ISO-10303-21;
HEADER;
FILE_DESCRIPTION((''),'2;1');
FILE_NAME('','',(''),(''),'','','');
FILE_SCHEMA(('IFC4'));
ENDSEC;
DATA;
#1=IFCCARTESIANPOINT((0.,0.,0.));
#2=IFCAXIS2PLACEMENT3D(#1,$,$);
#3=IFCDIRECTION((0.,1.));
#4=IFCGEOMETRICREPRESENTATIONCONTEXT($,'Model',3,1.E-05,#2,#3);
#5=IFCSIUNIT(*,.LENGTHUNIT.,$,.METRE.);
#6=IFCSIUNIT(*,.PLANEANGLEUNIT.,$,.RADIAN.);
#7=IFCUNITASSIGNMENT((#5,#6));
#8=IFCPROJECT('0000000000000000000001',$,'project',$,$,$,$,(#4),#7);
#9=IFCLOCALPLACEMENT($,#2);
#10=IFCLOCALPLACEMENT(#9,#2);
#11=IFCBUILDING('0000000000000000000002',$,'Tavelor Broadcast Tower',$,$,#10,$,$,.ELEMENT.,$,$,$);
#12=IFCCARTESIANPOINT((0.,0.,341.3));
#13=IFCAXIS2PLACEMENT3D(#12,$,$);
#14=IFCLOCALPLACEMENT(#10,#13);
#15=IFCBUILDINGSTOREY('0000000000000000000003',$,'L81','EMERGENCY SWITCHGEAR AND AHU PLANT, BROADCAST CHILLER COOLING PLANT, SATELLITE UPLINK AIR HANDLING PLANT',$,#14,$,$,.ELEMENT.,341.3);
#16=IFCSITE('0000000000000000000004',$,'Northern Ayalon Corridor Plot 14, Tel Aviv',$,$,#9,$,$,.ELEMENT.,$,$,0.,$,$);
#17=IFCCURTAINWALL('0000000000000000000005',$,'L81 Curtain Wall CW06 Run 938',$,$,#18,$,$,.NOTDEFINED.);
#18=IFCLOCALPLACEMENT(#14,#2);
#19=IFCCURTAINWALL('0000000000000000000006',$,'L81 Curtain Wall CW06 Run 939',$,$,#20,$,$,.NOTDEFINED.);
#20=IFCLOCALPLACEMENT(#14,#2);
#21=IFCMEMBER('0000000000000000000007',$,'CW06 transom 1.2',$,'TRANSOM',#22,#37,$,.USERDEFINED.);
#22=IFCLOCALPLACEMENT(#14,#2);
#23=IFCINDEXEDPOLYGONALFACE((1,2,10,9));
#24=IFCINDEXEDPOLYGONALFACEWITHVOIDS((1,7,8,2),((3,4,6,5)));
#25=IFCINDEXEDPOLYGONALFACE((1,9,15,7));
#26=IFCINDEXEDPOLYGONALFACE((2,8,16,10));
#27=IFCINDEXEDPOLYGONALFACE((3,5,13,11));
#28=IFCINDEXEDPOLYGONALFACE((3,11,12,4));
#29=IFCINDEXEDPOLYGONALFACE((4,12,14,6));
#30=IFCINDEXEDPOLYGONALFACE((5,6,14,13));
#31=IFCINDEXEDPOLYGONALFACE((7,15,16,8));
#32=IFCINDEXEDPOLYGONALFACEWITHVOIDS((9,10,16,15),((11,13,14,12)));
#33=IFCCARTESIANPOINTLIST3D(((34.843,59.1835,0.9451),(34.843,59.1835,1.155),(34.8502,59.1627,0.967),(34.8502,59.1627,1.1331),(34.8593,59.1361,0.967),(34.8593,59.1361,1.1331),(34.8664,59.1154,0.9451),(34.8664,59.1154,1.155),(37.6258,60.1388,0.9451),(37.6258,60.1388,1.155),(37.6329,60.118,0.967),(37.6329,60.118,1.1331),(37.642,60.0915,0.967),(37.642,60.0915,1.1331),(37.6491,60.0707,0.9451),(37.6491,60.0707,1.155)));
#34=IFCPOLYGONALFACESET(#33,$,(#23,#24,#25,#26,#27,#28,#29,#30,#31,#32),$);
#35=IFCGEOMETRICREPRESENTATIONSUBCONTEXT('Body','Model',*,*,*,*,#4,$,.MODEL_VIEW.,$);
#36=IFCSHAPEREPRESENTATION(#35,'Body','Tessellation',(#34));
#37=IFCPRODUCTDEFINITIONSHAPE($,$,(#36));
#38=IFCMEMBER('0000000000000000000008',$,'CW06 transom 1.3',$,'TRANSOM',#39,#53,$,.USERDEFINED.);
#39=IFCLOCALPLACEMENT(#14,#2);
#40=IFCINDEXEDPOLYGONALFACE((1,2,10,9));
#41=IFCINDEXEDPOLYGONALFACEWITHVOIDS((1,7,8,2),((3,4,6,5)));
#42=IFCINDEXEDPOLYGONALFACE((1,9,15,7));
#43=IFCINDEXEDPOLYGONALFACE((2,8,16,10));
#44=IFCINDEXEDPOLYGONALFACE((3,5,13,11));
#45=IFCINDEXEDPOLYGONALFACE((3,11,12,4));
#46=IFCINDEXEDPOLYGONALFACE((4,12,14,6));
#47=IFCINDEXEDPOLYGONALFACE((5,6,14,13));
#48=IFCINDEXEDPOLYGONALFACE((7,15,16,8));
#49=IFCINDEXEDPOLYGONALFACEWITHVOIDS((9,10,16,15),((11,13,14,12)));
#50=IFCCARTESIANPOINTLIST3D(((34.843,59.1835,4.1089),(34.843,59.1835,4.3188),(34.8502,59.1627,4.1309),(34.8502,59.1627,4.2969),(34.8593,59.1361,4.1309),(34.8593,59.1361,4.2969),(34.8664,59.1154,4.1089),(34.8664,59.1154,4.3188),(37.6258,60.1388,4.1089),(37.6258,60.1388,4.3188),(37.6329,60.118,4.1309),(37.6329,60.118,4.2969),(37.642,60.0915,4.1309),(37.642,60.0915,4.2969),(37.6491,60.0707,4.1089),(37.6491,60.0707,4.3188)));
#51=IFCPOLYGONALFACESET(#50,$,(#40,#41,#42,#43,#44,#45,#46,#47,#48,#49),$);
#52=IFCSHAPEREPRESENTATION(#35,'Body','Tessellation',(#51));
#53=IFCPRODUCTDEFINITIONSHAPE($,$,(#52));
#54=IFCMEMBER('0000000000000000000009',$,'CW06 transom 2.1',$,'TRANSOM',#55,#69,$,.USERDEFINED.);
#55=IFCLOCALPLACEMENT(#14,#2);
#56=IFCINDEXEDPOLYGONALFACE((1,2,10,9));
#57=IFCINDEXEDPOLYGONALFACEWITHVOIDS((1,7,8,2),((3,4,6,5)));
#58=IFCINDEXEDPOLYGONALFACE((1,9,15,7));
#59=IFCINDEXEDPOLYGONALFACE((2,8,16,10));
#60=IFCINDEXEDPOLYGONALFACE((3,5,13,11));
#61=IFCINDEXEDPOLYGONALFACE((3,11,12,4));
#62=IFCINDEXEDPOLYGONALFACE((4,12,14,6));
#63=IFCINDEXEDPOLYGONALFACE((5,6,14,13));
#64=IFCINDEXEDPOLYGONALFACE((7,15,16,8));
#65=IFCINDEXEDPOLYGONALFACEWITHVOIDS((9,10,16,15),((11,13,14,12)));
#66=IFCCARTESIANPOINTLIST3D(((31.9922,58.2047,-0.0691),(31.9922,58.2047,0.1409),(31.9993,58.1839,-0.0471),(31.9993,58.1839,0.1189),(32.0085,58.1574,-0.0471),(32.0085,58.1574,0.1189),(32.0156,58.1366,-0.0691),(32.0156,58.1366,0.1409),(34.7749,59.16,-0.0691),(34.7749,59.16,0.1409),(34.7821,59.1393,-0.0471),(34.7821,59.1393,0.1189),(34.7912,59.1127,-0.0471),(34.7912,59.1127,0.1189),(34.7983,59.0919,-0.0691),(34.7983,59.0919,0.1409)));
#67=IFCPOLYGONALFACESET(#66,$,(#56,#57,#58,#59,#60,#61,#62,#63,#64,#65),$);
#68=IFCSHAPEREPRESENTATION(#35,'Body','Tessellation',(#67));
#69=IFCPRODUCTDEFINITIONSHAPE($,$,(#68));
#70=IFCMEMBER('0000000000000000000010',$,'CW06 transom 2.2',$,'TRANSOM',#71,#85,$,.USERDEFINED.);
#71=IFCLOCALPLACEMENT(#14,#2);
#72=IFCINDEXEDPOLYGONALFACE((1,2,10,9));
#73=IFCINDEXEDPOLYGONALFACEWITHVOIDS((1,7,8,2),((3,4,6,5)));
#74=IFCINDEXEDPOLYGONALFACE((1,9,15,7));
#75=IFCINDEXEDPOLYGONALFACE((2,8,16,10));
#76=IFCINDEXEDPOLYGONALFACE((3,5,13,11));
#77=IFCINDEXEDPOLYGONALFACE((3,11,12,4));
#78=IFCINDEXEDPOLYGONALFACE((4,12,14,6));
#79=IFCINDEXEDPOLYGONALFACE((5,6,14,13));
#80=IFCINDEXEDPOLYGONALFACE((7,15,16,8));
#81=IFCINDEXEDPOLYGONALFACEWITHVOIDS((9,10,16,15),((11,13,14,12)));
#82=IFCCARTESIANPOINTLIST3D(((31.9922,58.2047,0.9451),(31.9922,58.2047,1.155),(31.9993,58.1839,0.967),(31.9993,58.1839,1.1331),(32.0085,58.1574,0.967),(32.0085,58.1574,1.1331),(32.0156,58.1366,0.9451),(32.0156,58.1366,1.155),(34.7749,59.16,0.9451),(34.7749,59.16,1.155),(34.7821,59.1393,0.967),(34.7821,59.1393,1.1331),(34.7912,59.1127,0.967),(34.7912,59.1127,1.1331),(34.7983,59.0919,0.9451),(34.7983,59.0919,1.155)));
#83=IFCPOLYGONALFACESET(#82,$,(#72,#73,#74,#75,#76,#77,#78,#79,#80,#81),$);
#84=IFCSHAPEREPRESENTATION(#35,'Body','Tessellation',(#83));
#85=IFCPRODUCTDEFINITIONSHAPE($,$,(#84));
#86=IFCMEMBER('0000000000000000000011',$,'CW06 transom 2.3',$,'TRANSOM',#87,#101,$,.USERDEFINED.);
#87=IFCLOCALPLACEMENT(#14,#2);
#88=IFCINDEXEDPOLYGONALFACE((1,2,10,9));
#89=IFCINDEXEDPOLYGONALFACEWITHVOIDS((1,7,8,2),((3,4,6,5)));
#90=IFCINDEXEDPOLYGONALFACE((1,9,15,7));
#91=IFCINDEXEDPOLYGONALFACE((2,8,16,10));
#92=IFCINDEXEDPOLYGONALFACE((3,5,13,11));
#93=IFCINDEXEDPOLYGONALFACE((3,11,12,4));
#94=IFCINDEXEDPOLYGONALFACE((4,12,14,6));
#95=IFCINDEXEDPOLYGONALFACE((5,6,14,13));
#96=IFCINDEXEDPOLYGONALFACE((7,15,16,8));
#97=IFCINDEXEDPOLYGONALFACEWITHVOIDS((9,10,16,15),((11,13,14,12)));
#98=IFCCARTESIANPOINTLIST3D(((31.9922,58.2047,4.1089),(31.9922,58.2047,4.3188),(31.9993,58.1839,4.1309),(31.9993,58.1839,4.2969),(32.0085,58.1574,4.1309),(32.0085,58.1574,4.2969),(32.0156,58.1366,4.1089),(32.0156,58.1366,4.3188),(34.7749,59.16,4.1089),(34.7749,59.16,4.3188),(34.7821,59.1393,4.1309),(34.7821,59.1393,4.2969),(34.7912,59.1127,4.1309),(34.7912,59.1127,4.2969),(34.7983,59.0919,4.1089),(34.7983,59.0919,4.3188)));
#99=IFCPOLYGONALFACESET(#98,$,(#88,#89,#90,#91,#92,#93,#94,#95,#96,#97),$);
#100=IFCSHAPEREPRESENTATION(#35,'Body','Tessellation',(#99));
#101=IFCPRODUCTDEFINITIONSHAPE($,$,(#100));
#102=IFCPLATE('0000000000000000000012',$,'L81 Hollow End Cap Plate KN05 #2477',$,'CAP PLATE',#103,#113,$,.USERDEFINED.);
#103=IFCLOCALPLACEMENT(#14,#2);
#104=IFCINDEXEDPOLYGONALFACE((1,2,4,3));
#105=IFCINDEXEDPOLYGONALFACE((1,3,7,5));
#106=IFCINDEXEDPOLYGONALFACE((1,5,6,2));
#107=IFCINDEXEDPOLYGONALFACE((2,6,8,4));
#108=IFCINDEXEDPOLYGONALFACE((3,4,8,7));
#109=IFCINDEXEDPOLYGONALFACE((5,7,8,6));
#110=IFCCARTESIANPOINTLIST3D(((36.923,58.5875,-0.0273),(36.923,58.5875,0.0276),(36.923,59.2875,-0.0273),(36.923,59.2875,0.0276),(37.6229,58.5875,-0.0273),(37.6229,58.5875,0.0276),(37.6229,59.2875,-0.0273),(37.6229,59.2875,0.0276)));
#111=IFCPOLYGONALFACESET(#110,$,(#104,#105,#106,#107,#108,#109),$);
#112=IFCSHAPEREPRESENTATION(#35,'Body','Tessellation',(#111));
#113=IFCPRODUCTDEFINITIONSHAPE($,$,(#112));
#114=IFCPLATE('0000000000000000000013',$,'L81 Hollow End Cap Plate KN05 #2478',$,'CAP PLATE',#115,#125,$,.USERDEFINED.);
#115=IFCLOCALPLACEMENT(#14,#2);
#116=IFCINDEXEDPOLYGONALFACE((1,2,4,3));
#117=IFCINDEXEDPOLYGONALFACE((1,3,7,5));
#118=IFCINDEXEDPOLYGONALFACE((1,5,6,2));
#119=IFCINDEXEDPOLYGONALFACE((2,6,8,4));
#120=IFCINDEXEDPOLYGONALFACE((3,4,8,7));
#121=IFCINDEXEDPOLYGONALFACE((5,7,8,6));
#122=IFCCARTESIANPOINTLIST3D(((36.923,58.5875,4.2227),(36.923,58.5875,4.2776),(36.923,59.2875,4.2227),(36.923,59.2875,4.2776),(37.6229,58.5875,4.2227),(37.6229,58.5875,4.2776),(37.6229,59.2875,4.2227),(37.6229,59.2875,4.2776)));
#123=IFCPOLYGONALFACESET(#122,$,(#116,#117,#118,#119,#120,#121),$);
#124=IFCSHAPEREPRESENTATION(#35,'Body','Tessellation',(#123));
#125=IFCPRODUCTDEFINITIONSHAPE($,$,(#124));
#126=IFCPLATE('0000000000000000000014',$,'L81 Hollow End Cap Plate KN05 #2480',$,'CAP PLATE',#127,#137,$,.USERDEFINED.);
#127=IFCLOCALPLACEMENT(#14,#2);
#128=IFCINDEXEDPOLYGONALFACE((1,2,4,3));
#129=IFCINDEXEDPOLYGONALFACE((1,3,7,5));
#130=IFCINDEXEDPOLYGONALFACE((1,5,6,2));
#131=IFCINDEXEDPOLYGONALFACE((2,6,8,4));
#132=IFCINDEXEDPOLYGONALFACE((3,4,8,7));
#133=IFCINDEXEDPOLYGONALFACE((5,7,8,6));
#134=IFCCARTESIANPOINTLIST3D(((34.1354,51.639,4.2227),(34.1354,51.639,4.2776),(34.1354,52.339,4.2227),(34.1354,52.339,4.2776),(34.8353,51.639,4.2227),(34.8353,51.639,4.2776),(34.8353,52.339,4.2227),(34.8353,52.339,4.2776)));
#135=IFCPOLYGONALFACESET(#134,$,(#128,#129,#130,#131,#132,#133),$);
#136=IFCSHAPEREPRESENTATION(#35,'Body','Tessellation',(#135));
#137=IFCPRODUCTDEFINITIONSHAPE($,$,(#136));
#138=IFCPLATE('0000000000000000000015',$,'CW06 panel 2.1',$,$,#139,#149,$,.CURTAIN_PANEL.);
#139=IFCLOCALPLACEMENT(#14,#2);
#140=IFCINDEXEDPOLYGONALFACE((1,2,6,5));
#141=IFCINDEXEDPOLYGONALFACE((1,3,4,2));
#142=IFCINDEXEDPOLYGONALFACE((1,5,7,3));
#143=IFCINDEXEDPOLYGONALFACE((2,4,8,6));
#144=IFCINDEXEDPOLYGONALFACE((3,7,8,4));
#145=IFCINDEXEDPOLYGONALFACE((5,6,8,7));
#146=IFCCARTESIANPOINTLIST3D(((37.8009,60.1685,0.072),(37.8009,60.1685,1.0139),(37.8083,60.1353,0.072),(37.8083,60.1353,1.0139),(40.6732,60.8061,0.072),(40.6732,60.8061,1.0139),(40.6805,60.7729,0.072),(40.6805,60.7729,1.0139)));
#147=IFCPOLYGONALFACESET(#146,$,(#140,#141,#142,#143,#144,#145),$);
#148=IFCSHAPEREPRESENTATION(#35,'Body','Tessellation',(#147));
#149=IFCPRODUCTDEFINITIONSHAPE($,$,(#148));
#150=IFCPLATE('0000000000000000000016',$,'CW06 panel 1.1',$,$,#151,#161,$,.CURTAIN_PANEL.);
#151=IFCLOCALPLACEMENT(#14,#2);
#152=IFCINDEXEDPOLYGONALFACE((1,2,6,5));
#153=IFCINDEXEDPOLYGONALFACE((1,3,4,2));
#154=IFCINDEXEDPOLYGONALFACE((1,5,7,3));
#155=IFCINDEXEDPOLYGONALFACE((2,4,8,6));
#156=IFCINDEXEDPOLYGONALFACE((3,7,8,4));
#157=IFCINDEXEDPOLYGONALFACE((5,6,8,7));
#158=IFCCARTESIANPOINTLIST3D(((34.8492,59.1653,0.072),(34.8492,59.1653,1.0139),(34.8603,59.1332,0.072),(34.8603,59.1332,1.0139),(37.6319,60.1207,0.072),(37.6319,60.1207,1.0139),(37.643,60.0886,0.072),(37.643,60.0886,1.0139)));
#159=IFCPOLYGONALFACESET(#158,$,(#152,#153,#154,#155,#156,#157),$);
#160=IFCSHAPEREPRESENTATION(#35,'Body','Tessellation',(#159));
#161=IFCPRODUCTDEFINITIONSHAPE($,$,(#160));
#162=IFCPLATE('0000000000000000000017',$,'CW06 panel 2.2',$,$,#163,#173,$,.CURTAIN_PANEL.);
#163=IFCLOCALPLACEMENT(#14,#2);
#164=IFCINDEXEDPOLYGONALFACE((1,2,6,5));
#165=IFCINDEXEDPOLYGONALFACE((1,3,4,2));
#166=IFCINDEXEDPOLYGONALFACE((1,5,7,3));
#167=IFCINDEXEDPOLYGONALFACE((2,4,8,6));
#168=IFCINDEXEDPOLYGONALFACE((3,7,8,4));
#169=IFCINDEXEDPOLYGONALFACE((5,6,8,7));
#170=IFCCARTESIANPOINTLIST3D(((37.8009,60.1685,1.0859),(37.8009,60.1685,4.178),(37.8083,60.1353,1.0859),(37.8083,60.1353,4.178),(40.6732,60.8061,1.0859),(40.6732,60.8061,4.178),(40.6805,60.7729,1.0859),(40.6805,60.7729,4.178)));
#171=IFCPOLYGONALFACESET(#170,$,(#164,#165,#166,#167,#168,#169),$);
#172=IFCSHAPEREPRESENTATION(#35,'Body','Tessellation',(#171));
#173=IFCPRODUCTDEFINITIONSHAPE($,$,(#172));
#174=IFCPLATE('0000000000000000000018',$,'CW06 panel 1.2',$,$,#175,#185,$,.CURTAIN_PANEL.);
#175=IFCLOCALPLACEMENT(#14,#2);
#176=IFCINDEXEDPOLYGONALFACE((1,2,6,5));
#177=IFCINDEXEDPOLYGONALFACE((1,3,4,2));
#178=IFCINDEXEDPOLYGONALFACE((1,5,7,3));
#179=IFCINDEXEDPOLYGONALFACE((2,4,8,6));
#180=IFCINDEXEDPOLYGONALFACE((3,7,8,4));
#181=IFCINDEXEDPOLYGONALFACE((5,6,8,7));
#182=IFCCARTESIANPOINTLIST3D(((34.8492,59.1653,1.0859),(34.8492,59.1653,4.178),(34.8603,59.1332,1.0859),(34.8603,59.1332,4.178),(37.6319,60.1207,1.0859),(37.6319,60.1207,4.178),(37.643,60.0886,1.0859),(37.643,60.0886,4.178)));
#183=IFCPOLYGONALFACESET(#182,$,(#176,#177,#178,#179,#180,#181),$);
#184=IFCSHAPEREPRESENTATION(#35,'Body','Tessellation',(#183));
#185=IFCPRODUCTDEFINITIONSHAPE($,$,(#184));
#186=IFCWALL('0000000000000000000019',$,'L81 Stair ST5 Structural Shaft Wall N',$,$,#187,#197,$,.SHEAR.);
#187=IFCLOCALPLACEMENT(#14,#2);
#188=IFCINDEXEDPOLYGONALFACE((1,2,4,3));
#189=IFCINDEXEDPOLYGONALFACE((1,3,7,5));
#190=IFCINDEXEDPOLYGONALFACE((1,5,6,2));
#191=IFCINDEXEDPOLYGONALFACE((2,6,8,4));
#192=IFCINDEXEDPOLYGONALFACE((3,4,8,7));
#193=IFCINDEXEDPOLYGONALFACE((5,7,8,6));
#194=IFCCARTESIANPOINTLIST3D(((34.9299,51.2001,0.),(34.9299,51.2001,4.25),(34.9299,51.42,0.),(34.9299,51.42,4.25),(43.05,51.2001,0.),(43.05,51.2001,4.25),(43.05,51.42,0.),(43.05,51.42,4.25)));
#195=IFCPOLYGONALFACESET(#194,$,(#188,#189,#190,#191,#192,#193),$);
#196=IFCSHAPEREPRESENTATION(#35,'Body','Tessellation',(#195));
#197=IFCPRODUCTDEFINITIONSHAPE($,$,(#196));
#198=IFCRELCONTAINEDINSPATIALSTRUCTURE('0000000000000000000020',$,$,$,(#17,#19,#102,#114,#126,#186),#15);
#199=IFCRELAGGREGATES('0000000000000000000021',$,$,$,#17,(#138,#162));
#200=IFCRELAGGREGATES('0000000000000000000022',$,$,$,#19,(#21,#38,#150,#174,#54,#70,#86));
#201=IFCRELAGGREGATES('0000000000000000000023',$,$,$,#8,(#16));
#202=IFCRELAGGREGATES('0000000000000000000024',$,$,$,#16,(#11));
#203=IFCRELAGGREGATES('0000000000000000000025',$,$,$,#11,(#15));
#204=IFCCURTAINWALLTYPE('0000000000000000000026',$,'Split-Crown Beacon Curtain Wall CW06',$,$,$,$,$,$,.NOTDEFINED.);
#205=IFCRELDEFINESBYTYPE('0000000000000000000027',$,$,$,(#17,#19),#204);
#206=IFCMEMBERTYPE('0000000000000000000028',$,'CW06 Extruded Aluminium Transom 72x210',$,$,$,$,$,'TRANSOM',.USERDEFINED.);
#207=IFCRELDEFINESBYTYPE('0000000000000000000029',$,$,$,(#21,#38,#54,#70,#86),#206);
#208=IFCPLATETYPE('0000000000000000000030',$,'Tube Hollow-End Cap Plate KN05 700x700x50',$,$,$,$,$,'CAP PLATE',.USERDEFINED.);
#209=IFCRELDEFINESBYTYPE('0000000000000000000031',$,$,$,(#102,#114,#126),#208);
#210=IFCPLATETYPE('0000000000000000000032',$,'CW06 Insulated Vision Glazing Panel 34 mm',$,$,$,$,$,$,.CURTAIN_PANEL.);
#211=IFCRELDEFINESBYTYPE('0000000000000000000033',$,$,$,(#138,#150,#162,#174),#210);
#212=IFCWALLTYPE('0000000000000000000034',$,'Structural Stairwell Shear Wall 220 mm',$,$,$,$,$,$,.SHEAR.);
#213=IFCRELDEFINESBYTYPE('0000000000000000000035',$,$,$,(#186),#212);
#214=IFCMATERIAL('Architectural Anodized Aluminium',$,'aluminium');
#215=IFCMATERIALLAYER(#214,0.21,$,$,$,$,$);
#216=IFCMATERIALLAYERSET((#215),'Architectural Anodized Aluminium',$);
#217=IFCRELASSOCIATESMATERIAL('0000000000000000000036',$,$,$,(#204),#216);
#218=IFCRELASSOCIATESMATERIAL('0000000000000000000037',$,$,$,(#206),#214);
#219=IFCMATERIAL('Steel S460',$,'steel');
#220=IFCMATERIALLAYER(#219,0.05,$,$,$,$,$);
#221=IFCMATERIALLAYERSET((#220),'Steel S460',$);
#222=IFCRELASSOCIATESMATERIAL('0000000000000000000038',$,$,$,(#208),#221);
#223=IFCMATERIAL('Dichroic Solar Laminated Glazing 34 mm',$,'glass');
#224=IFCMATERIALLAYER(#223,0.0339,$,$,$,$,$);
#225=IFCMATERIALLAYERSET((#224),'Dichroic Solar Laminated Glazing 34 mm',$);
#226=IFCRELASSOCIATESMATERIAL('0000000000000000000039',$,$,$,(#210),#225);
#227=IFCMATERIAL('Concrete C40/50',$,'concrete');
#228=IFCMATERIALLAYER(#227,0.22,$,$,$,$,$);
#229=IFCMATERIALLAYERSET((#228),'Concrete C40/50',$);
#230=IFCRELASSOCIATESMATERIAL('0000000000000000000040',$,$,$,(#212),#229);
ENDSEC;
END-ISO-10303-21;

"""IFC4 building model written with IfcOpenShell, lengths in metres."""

from ifc_helpers import new_model, si_unit, direction, frame, frame_2d, origin, origin_2d, place, context, subcontext, project, spatial, rectangle, hollow_rectangle, extrude, source, transform, mapped, material, layer, layer_set, material_profile, profile_set, type_object, type_shapes, element, aggregate, save


model = new_model("IFC4")

# Units and contexts
model_context = context("Model", 3, precision=1e-05, world=origin(), true_north=direction((0.0, 1.0)))
body_context = subcontext(model_context, "Body", "Model", "MODEL_VIEW")
ifc_project = project(units=[si_unit("LENGTHUNIT", "METRE"), si_unit("PLANEANGLEUNIT", "RADIAN")], contexts=[model_context])

# Site, building, storey
site_placement = place(None, origin())
site = spatial("IfcSite", under=ifc_project, at=site_placement, Name="Northern Ayalon Corridor Plot 14, Tel Aviv", CompositionType="ELEMENT", RefElevation=0.0)
building_placement = place(site_placement, origin())
building = spatial("IfcBuilding", under=site, at=building_placement, Name="Tavelor Broadcast Tower", CompositionType="ELEMENT")
storey_placement = place(building_placement, frame((0.0, 0.0, 341.3)))
storey = spatial("IfcBuildingStorey", under=building, at=storey_placement, Name="L81", Description="EMERGENCY SWITCHGEAR AND AHU PLANT, BROADCAST CHILLER COOLING PLANT, SATELLITE UPLINK AIR HANDLING PLANT", CompositionType="ELEMENT", Elevation=341.3)

# Curtain wall
ifc_material_1 = material(Name="Architectural Anodized Aluminium", Category="aluminium")
ifc_layer_1 = layer(ifc_material_1, 0.21)
ifc_layer_set_1 = layer_set([ifc_layer_1], Name="Architectural Anodized Aluminium")
curtain_wall_type = type_object("IfcCurtainWallType", Name="Split-Crown Beacon Curtain Wall CW06", PredefinedType="NOTDEFINED", material=ifc_layer_set_1)
curtain_wall_1_placement = place(storey_placement, origin())
curtain_wall_1 = element("IfcCurtainWall", 1, at=curtain_wall_1_placement, inside=storey, type_object=curtain_wall_type, Name="L81 Curtain Wall CW06 Run 938", PredefinedType="NOTDEFINED")

# Curtain wall
curtain_wall_2_placement = place(storey_placement, origin())
curtain_wall_2 = element("IfcCurtainWall", 2, at=curtain_wall_2_placement, inside=storey, type_object=curtain_wall_type, Name="L81 Curtain Wall CW06 Run 939", PredefinedType="NOTDEFINED")

# Members
ifc_material_profile_1 = material_profile(ifc_material_1, hollow_rectangle(XDim=0.072, YDim=0.21, WallThickness=0.022, at=origin_2d()), Name="RHS 72x210x22")
ifc_profile_set_1 = profile_set([ifc_material_profile_1], Name="Architectural Anodized Aluminium")
member_type_1 = type_object("IfcMemberType", Name="CW06 Extruded Aluminium Transom 72x210", ElementType="TRANSOM", PredefinedType="USERDEFINED", material=ifc_profile_set_1)
shared_shape_1 = source(origin(), body_context, "Body", "SweptSolid", [
    extrude(hollow_rectangle(XDim=0.072, YDim=0.21, WallThickness=0.022, at=origin_2d()), origin(), (0.0, 0.0, 1.0), 2.9421),
])
type_shapes(member_type_1, [shared_shape_1])
member_1_placement = place(storey_placement, frame((37.6375, 60.1047, 1.05), z_axis=(-0.945816, -0.324704, 0.0), x_axis=(0.324704, -0.945816, 0.0)))
member_1 = element("IfcMember", 3, at=member_1_placement, type_object=member_type_1, Name="CW06 transom 1.2", ObjectType="TRANSOM", PredefinedType="USERDEFINED", context=body_context, shape_type="MappedRepresentation", body=[
    mapped(shared_shape_1, transform((0.0, 0.0, 0.0), scale=1.0)),
])
member_2_placement = place(storey_placement, frame((37.6375, 60.1047, 4.2139), z_axis=(-0.945816, -0.324704, 0.0), x_axis=(0.324704, -0.945816, 0.0)))
member_2 = element("IfcMember", 4, at=member_2_placement, type_object=member_type_1, Name="CW06 transom 1.3", ObjectType="TRANSOM", PredefinedType="USERDEFINED", context=body_context, shape_type="MappedRepresentation", body=[
    mapped(shared_shape_1, transform((0.0, 0.0, 0.0), scale=1.0)),
])
member_3_placement = place(storey_placement, frame((34.7866, 59.126, 0.0359), z_axis=(-0.945816, -0.324704, 0.0), x_axis=(0.324704, -0.945816, 0.0)))
member_3 = element("IfcMember", 5, at=member_3_placement, type_object=member_type_1, Name="CW06 transom 2.1", ObjectType="TRANSOM", PredefinedType="USERDEFINED", context=body_context, shape_type="MappedRepresentation", body=[
    mapped(shared_shape_1, transform((0.0, 0.0, 0.0), scale=1.0)),
])
member_4_placement = place(storey_placement, frame((34.7866, 59.126, 1.05), z_axis=(-0.945816, -0.324704, 0.0), x_axis=(0.324704, -0.945816, 0.0)))
member_4 = element("IfcMember", 6, at=member_4_placement, type_object=member_type_1, Name="CW06 transom 2.2", ObjectType="TRANSOM", PredefinedType="USERDEFINED", context=body_context, shape_type="MappedRepresentation", body=[
    mapped(shared_shape_1, transform((0.0, 0.0, 0.0), scale=1.0)),
])
member_5_placement = place(storey_placement, frame((34.7866, 59.126, 4.2139), z_axis=(-0.945816, -0.324704, 0.0), x_axis=(0.324704, -0.945816, 0.0)))
member_5 = element("IfcMember", 7, at=member_5_placement, type_object=member_type_1, Name="CW06 transom 2.3", ObjectType="TRANSOM", PredefinedType="USERDEFINED", context=body_context, shape_type="MappedRepresentation", body=[
    mapped(shared_shape_1, transform((0.0, 0.0, 0.0), scale=1.0)),
])

# Plates
ifc_material_2 = material(Name="Steel S460", Category="steel")
ifc_layer_2 = layer(ifc_material_2, 0.05)
ifc_layer_set_2 = layer_set([ifc_layer_2], Name="Steel S460")
plate_type_1 = type_object("IfcPlateType", Name="Tube Hollow-End Cap Plate KN05 700x700x50", ElementType="CAP PLATE", PredefinedType="USERDEFINED", material=ifc_layer_set_2)
shared_shape_2 = source(origin(), body_context, "Body", "SweptSolid", [
    extrude(rectangle(XDim=0.7, YDim=0.7, at=origin_2d()), origin(), (0.0, 0.0, 1.0), 0.0549),
])
type_shapes(plate_type_1, [shared_shape_2])
for number, where, z_axis, x_axis, name in (
    (8, (37.2729, 58.9375, -0.0273), (0.0, 0.0, 1.0), (1.0, 0.0, 0.0), "L81 Hollow End Cap Plate KN05 #2477"),
    (9, (37.2729, 58.9375, 4.2227), (0.0, 0.0, 1.0), (1.0, 0.0, 0.0), "L81 Hollow End Cap Plate KN05 #2478"),
    (10, (34.4854, 51.989, 4.2227), (0.0, 0.0, 1.0), (1.0, 0.0, 0.0), "L81 Hollow End Cap Plate KN05 #2480"),
):
    element("IfcPlate", number, at=place(storey_placement, frame(where, z_axis=z_axis, x_axis=x_axis)), inside=storey, type_object=plate_type_1, Name=name, ObjectType="CAP PLATE", PredefinedType="USERDEFINED", context=body_context, shape_type="MappedRepresentation", body=[
        mapped(shared_shape_2, transform((0.0, 0.0, 0.0), scale=1.0)),
    ])

# Plates
ifc_material_3 = material(Name="Dichroic Solar Laminated Glazing 34 mm", Category="glass")
ifc_layer_3 = layer(ifc_material_3, 0.0339)
ifc_layer_set_3 = layer_set([ifc_layer_3], Name="Dichroic Solar Laminated Glazing 34 mm")
plate_type_2 = type_object("IfcPlateType", Name="CW06 Insulated Vision Glazing Panel 34 mm", PredefinedType="CURTAIN_PANEL", material=ifc_layer_set_3)
shared_shape_3 = source(origin(), body_context, "Body", "SweptSolid", [
    extrude(rectangle(XDim=2.9421, YDim=0.0339, at=origin_2d()), origin(), (0.0, 0.0, 1.0), 0.9419),
])
plate_1_placement = place(storey_placement, frame((39.2407, 60.4707, 0.072), z_axis=(0.0, 0.0, 1.0), x_axis=(-0.976236, -0.216712, 0.0)))
plate_1 = element("IfcPlate", 11, at=plate_1_placement, type_object=plate_type_2, Name="CW06 panel 2.1", PredefinedType="CURTAIN_PANEL", context=body_context, shape_type="MappedRepresentation", body=[
    mapped(shared_shape_3, transform((0.0, 0.0, 0.0), scale=1.0)),
])
plate_2_placement = place(storey_placement, frame((36.2461, 59.627, 0.072), z_axis=(0.0, 0.0, 1.0), x_axis=(-0.945807, -0.324728, 0.0)))
plate_2 = element("IfcPlate", 12, at=plate_2_placement, type_object=plate_type_2, Name="CW06 panel 1.1", PredefinedType="CURTAIN_PANEL", context=body_context, shape_type="MappedRepresentation", body=[
    mapped(shared_shape_3, transform((0.0, 0.0, 0.0), scale=1.0)),
])
shared_shape_4 = source(origin(), body_context, "Body", "SweptSolid", [
    extrude(rectangle(XDim=2.9421, YDim=0.0339, at=origin_2d()), origin(), (0.0, 0.0, 1.0), 3.092),
])
type_shapes(plate_type_2, [shared_shape_3, shared_shape_4])
plate_3_placement = place(storey_placement, frame((39.2407, 60.4707, 1.0859), z_axis=(0.0, 0.0, 1.0), x_axis=(-0.976236, -0.216712, 0.0)))
plate_3 = element("IfcPlate", 13, at=plate_3_placement, type_object=plate_type_2, Name="CW06 panel 2.2", PredefinedType="CURTAIN_PANEL", context=body_context, shape_type="MappedRepresentation", body=[
    mapped(shared_shape_4, transform((0.0, 0.0, 0.0), scale=1.0)),
])
aggregate(curtain_wall_1, [plate_1, plate_3])
plate_4_placement = place(storey_placement, frame((36.2461, 59.627, 1.0859), z_axis=(0.0, 0.0, 1.0), x_axis=(-0.945807, -0.324728, 0.0)))
plate_4 = element("IfcPlate", 14, at=plate_4_placement, type_object=plate_type_2, Name="CW06 panel 1.2", PredefinedType="CURTAIN_PANEL", context=body_context, shape_type="MappedRepresentation", body=[
    mapped(shared_shape_4, transform((0.0, 0.0, 0.0), scale=1.0)),
])
aggregate(curtain_wall_2, [member_1, member_2, plate_2, plate_4, member_3, member_4, member_5])

# Wall
ifc_material_4 = material(Name="Concrete C40/50", Category="concrete")
ifc_layer_4 = layer(ifc_material_4, 0.22)
ifc_layer_set_4 = layer_set([ifc_layer_4], Name="Concrete C40/50")
wall_type = type_object("IfcWallType", Name="Structural Stairwell Shear Wall 220 mm", PredefinedType="SHEAR", material=ifc_layer_set_4)
wall_placement = place(storey_placement, frame((34.9299, 51.3101, 0.0), z_axis=(0.0, 0.0, 1.0), x_axis=(1.0, 0.0, 0.0)))
element("IfcWall", 15, at=wall_placement, inside=storey, type_object=wall_type, Name="L81 Stair ST5 Structural Shaft Wall N", PredefinedType="SHEAR", context=body_context, shape_type="SweptSolid", body=[
    extrude(rectangle(XDim=8.1201, YDim=0.22, at=frame_2d((4.0601, 0.0))), origin(), (0.0, 0.0, 1.0), 4.25),
])

save(model, "model.ifc")
